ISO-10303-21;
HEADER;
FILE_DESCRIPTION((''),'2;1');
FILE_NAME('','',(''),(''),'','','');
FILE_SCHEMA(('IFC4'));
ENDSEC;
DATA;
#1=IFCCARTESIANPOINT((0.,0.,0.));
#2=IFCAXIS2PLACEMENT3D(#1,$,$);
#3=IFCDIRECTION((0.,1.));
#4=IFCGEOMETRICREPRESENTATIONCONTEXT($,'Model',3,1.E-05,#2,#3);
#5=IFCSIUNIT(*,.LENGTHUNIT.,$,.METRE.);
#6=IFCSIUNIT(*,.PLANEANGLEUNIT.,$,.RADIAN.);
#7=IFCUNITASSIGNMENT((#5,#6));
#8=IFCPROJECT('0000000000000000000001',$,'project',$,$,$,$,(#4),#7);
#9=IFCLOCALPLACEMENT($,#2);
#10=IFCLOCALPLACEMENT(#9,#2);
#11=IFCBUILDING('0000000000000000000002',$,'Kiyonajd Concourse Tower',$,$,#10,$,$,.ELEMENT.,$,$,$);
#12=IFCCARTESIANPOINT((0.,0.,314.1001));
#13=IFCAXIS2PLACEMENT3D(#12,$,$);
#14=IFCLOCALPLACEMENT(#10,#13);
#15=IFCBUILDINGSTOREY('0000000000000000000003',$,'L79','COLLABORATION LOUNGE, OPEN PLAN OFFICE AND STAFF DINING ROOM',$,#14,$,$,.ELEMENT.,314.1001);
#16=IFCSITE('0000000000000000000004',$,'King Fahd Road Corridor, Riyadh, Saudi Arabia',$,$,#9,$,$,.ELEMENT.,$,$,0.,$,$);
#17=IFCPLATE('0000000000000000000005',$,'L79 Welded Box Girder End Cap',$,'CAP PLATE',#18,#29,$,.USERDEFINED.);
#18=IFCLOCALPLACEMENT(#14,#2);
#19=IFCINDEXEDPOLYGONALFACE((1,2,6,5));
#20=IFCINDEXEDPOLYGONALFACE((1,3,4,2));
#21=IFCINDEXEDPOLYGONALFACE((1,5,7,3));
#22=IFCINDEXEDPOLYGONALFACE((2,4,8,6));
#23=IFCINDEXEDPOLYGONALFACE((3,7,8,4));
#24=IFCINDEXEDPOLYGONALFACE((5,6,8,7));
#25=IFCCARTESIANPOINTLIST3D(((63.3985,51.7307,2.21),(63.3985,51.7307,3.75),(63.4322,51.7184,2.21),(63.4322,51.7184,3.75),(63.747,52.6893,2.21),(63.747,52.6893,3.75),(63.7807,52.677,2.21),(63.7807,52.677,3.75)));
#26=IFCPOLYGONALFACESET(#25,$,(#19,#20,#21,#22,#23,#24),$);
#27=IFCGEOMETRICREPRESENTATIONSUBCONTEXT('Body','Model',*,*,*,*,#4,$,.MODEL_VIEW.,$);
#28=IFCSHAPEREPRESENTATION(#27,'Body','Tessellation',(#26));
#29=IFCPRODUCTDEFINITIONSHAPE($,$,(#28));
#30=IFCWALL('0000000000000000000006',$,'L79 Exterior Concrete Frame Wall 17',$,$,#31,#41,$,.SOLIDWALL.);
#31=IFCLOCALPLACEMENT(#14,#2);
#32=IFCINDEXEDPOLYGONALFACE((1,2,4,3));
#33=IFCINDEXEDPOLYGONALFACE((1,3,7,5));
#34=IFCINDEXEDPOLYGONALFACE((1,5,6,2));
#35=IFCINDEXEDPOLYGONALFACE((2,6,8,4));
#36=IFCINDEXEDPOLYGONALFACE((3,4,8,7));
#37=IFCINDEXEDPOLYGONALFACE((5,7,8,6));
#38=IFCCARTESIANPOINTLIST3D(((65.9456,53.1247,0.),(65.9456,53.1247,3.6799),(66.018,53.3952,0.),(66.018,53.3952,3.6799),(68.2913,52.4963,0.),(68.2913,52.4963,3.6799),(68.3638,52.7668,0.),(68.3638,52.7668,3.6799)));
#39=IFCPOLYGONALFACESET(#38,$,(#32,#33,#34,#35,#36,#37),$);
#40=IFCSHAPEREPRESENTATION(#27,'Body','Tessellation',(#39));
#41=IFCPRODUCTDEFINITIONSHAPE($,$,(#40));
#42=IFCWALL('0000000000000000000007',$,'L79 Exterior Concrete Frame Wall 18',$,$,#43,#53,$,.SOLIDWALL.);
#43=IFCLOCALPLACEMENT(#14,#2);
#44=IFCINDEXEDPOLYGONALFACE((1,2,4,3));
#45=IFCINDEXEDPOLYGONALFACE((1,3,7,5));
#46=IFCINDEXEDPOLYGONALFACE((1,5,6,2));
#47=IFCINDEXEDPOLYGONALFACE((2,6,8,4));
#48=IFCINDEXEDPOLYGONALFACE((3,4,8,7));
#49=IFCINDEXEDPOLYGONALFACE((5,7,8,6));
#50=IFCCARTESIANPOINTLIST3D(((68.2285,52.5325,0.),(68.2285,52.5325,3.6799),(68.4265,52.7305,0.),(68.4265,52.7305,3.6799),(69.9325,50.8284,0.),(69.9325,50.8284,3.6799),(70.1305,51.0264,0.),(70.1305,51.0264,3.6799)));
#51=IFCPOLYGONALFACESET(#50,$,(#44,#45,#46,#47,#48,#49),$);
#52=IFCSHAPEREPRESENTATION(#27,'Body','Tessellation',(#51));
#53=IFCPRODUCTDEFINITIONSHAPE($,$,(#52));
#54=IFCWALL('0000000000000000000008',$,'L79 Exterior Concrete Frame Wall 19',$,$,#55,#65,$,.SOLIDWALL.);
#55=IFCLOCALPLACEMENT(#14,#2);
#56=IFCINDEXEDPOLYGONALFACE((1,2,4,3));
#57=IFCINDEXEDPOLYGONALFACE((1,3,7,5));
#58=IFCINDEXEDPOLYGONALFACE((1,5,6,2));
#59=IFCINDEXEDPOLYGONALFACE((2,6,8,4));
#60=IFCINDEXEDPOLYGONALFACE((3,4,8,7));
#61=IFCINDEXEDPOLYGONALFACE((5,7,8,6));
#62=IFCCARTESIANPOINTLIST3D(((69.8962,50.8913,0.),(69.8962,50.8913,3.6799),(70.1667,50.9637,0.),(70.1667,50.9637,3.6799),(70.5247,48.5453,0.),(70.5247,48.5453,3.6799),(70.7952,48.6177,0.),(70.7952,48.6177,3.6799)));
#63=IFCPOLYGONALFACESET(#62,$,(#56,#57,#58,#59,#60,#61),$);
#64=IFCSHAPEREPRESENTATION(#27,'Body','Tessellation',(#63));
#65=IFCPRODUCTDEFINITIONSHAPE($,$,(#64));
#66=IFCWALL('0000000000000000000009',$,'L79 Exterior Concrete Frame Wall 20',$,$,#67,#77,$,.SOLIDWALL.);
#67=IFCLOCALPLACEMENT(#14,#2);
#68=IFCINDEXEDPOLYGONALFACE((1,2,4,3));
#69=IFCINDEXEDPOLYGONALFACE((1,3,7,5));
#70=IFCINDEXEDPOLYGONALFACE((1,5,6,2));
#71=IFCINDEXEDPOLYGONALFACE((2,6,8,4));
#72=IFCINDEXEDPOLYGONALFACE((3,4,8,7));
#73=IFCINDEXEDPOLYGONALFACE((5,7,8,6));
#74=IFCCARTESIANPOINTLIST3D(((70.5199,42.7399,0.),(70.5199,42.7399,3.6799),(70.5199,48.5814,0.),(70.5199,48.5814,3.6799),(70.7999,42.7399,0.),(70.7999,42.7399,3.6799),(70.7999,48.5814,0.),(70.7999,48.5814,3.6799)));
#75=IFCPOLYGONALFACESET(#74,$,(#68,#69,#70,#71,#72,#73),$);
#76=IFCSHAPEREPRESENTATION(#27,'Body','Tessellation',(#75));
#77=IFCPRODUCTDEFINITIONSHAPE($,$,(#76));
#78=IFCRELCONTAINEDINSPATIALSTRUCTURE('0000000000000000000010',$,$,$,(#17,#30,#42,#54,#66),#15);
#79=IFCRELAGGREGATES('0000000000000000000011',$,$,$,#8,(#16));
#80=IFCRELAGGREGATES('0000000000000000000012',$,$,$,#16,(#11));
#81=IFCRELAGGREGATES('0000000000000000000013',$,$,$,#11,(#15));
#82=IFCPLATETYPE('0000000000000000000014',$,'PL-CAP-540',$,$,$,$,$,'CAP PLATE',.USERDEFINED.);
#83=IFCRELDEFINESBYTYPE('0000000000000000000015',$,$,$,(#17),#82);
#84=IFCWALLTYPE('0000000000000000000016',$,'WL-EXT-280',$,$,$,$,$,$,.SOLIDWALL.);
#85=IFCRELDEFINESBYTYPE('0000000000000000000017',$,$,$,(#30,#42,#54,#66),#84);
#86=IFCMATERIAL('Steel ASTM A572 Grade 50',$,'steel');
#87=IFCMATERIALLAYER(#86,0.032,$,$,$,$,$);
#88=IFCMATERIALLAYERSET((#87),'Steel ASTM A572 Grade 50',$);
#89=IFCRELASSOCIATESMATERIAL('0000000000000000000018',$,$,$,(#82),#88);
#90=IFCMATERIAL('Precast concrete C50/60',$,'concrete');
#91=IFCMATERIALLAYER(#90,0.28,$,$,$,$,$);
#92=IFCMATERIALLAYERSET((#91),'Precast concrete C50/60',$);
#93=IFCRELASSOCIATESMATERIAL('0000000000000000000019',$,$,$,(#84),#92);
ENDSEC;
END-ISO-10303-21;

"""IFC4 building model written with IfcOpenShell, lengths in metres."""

from ifc_helpers import new_model, si_unit, direction, frame, frame_2d, origin, origin_2d, place, context, subcontext, project, spatial, rectangle, extrude, material, layer, layer_set, type_object, element, save


model = new_model("IFC4")

# Units and contexts
model_context = context("Model", 3, precision=1e-05, world=origin(), true_north=direction((0.0, 1.0)))
body_context = subcontext(model_context, "Body", "Model", "MODEL_VIEW")
ifc_project = project(units=[si_unit("LENGTHUNIT", "METRE"), si_unit("PLANEANGLEUNIT", "RADIAN")], contexts=[model_context])

# Site, building, storey
site_placement = place(None, origin())
site = spatial("IfcSite", under=ifc_project, at=site_placement, Name="King Fahd Road Corridor, Riyadh, Saudi Arabia", CompositionType="ELEMENT", RefElevation=0.0)
building_placement = place(site_placement, origin())
building = spatial("IfcBuilding", under=site, at=building_placement, Name="Kiyonajd Concourse Tower", CompositionType="ELEMENT")
storey_placement = place(building_placement, frame((0.0, 0.0, 314.1001)))
storey = spatial("IfcBuildingStorey", under=building, at=storey_placement, Name="L79", Description="COLLABORATION LOUNGE, OPEN PLAN OFFICE AND STAFF DINING ROOM", CompositionType="ELEMENT", Elevation=314.1001)

# Shared definitions
ifc_material_1 = material(Name="Steel ASTM A572 Grade 50", Category="steel")

# Plate
ifc_layer_1 = layer(ifc_material_1, 0.032)
ifc_layer_set_1 = layer_set([ifc_layer_1], Name="Steel ASTM A572 Grade 50")
plate_type_1 = type_object("IfcPlateType", Name="PL-CAP-540", ElementType="CAP PLATE", PredefinedType="USERDEFINED", material=ifc_layer_set_1)
for number, where, z_axis, x_axis, name in (
    (1, (63.5896, 52.2039, 2.21), (0.0, 0.0, 1.0), (-0.939812, 0.341692, 0.0), "L79 Welded Box Girder End Cap"),
):
    element("IfcPlate", number, at=place(storey_placement, frame(where, z_axis=z_axis, x_axis=x_axis)), inside=storey, type_object=plate_type_1, Name=name, ObjectType="CAP PLATE", PredefinedType="USERDEFINED", context=body_context, shape_type="SweptSolid", body=[
        extrude(rectangle(XDim=0.0359, YDim=1.02, at=origin_2d()), origin(), (0.0, 0.0, 1.0), 1.54),
    ])

# Walls
ifc_material_2 = material(Name="Precast concrete C50/60", Category="concrete")
ifc_layer_2 = layer(ifc_material_2, 0.28)
ifc_layer_set_2 = layer_set([ifc_layer_2], Name="Precast concrete C50/60")
wall_type = type_object("IfcWallType", Name="WL-EXT-280", PredefinedType="SOLIDWALL", material=ifc_layer_set_2)
wall_1_placement = place(storey_placement, frame((65.9817, 53.26, 0.0), z_axis=(0.0, 0.0, 1.0), x_axis=(0.965937, -0.258776, 0.0)))
element("IfcWall", 2, at=wall_1_placement, inside=storey, type_object=wall_type, Name="L79 Exterior Concrete Frame Wall 17", PredefinedType="SOLIDWALL", context=body_context, shape_type="SweptSolid", body=[
    extrude(rectangle(XDim=2.4285, YDim=0.28, at=frame_2d((1.2144, 0.0))), origin(), (0.0, 0.0, 1.0), 3.6799),
])
wall_2_placement = place(storey_placement, frame((68.3274, 52.6316, 0.0), z_axis=(0.0, 0.0, 1.0), x_axis=(0.707107, -0.707107, 0.0)))
element("IfcWall", 3, at=wall_2_placement, inside=storey, type_object=wall_type, Name="L79 Exterior Concrete Frame Wall 18", PredefinedType="SOLIDWALL", context=body_context, shape_type="SweptSolid", body=[
    extrude(rectangle(XDim=2.4099, YDim=0.28, at=frame_2d((1.2051, 0.0))), origin(), (0.0, 0.0, 1.0), 3.6799),
])
wall_3_placement = place(storey_placement, frame((70.0315, 50.9275, 0.0), z_axis=(0.0, 0.0, 1.0), x_axis=(0.258751, -0.965944, 0.0)))
element("IfcWall", 4, at=wall_3_placement, inside=storey, type_object=wall_type, Name="L79 Exterior Concrete Frame Wall 19", PredefinedType="SOLIDWALL", context=body_context, shape_type="SweptSolid", body=[
    extrude(rectangle(XDim=2.4287, YDim=0.28, at=frame_2d((1.2144, 0.0))), origin(), (0.0, 0.0, 1.0), 3.6799),
])
wall_4_placement = place(storey_placement, frame((70.6599, 48.5815, 0.0), z_axis=(0.0, 0.0, 1.0), x_axis=(0.0, -1.0, 0.0)))
element("IfcWall", 5, at=wall_4_placement, inside=storey, type_object=wall_type, Name="L79 Exterior Concrete Frame Wall 20", PredefinedType="SOLIDWALL", context=body_context, shape_type="SweptSolid", body=[
    extrude(rectangle(XDim=5.8416, YDim=0.28, at=frame_2d((2.9209, 0.0))), origin(), (0.0, 0.0, 1.0), 3.6799),
])

save(model, "model.ifc")
